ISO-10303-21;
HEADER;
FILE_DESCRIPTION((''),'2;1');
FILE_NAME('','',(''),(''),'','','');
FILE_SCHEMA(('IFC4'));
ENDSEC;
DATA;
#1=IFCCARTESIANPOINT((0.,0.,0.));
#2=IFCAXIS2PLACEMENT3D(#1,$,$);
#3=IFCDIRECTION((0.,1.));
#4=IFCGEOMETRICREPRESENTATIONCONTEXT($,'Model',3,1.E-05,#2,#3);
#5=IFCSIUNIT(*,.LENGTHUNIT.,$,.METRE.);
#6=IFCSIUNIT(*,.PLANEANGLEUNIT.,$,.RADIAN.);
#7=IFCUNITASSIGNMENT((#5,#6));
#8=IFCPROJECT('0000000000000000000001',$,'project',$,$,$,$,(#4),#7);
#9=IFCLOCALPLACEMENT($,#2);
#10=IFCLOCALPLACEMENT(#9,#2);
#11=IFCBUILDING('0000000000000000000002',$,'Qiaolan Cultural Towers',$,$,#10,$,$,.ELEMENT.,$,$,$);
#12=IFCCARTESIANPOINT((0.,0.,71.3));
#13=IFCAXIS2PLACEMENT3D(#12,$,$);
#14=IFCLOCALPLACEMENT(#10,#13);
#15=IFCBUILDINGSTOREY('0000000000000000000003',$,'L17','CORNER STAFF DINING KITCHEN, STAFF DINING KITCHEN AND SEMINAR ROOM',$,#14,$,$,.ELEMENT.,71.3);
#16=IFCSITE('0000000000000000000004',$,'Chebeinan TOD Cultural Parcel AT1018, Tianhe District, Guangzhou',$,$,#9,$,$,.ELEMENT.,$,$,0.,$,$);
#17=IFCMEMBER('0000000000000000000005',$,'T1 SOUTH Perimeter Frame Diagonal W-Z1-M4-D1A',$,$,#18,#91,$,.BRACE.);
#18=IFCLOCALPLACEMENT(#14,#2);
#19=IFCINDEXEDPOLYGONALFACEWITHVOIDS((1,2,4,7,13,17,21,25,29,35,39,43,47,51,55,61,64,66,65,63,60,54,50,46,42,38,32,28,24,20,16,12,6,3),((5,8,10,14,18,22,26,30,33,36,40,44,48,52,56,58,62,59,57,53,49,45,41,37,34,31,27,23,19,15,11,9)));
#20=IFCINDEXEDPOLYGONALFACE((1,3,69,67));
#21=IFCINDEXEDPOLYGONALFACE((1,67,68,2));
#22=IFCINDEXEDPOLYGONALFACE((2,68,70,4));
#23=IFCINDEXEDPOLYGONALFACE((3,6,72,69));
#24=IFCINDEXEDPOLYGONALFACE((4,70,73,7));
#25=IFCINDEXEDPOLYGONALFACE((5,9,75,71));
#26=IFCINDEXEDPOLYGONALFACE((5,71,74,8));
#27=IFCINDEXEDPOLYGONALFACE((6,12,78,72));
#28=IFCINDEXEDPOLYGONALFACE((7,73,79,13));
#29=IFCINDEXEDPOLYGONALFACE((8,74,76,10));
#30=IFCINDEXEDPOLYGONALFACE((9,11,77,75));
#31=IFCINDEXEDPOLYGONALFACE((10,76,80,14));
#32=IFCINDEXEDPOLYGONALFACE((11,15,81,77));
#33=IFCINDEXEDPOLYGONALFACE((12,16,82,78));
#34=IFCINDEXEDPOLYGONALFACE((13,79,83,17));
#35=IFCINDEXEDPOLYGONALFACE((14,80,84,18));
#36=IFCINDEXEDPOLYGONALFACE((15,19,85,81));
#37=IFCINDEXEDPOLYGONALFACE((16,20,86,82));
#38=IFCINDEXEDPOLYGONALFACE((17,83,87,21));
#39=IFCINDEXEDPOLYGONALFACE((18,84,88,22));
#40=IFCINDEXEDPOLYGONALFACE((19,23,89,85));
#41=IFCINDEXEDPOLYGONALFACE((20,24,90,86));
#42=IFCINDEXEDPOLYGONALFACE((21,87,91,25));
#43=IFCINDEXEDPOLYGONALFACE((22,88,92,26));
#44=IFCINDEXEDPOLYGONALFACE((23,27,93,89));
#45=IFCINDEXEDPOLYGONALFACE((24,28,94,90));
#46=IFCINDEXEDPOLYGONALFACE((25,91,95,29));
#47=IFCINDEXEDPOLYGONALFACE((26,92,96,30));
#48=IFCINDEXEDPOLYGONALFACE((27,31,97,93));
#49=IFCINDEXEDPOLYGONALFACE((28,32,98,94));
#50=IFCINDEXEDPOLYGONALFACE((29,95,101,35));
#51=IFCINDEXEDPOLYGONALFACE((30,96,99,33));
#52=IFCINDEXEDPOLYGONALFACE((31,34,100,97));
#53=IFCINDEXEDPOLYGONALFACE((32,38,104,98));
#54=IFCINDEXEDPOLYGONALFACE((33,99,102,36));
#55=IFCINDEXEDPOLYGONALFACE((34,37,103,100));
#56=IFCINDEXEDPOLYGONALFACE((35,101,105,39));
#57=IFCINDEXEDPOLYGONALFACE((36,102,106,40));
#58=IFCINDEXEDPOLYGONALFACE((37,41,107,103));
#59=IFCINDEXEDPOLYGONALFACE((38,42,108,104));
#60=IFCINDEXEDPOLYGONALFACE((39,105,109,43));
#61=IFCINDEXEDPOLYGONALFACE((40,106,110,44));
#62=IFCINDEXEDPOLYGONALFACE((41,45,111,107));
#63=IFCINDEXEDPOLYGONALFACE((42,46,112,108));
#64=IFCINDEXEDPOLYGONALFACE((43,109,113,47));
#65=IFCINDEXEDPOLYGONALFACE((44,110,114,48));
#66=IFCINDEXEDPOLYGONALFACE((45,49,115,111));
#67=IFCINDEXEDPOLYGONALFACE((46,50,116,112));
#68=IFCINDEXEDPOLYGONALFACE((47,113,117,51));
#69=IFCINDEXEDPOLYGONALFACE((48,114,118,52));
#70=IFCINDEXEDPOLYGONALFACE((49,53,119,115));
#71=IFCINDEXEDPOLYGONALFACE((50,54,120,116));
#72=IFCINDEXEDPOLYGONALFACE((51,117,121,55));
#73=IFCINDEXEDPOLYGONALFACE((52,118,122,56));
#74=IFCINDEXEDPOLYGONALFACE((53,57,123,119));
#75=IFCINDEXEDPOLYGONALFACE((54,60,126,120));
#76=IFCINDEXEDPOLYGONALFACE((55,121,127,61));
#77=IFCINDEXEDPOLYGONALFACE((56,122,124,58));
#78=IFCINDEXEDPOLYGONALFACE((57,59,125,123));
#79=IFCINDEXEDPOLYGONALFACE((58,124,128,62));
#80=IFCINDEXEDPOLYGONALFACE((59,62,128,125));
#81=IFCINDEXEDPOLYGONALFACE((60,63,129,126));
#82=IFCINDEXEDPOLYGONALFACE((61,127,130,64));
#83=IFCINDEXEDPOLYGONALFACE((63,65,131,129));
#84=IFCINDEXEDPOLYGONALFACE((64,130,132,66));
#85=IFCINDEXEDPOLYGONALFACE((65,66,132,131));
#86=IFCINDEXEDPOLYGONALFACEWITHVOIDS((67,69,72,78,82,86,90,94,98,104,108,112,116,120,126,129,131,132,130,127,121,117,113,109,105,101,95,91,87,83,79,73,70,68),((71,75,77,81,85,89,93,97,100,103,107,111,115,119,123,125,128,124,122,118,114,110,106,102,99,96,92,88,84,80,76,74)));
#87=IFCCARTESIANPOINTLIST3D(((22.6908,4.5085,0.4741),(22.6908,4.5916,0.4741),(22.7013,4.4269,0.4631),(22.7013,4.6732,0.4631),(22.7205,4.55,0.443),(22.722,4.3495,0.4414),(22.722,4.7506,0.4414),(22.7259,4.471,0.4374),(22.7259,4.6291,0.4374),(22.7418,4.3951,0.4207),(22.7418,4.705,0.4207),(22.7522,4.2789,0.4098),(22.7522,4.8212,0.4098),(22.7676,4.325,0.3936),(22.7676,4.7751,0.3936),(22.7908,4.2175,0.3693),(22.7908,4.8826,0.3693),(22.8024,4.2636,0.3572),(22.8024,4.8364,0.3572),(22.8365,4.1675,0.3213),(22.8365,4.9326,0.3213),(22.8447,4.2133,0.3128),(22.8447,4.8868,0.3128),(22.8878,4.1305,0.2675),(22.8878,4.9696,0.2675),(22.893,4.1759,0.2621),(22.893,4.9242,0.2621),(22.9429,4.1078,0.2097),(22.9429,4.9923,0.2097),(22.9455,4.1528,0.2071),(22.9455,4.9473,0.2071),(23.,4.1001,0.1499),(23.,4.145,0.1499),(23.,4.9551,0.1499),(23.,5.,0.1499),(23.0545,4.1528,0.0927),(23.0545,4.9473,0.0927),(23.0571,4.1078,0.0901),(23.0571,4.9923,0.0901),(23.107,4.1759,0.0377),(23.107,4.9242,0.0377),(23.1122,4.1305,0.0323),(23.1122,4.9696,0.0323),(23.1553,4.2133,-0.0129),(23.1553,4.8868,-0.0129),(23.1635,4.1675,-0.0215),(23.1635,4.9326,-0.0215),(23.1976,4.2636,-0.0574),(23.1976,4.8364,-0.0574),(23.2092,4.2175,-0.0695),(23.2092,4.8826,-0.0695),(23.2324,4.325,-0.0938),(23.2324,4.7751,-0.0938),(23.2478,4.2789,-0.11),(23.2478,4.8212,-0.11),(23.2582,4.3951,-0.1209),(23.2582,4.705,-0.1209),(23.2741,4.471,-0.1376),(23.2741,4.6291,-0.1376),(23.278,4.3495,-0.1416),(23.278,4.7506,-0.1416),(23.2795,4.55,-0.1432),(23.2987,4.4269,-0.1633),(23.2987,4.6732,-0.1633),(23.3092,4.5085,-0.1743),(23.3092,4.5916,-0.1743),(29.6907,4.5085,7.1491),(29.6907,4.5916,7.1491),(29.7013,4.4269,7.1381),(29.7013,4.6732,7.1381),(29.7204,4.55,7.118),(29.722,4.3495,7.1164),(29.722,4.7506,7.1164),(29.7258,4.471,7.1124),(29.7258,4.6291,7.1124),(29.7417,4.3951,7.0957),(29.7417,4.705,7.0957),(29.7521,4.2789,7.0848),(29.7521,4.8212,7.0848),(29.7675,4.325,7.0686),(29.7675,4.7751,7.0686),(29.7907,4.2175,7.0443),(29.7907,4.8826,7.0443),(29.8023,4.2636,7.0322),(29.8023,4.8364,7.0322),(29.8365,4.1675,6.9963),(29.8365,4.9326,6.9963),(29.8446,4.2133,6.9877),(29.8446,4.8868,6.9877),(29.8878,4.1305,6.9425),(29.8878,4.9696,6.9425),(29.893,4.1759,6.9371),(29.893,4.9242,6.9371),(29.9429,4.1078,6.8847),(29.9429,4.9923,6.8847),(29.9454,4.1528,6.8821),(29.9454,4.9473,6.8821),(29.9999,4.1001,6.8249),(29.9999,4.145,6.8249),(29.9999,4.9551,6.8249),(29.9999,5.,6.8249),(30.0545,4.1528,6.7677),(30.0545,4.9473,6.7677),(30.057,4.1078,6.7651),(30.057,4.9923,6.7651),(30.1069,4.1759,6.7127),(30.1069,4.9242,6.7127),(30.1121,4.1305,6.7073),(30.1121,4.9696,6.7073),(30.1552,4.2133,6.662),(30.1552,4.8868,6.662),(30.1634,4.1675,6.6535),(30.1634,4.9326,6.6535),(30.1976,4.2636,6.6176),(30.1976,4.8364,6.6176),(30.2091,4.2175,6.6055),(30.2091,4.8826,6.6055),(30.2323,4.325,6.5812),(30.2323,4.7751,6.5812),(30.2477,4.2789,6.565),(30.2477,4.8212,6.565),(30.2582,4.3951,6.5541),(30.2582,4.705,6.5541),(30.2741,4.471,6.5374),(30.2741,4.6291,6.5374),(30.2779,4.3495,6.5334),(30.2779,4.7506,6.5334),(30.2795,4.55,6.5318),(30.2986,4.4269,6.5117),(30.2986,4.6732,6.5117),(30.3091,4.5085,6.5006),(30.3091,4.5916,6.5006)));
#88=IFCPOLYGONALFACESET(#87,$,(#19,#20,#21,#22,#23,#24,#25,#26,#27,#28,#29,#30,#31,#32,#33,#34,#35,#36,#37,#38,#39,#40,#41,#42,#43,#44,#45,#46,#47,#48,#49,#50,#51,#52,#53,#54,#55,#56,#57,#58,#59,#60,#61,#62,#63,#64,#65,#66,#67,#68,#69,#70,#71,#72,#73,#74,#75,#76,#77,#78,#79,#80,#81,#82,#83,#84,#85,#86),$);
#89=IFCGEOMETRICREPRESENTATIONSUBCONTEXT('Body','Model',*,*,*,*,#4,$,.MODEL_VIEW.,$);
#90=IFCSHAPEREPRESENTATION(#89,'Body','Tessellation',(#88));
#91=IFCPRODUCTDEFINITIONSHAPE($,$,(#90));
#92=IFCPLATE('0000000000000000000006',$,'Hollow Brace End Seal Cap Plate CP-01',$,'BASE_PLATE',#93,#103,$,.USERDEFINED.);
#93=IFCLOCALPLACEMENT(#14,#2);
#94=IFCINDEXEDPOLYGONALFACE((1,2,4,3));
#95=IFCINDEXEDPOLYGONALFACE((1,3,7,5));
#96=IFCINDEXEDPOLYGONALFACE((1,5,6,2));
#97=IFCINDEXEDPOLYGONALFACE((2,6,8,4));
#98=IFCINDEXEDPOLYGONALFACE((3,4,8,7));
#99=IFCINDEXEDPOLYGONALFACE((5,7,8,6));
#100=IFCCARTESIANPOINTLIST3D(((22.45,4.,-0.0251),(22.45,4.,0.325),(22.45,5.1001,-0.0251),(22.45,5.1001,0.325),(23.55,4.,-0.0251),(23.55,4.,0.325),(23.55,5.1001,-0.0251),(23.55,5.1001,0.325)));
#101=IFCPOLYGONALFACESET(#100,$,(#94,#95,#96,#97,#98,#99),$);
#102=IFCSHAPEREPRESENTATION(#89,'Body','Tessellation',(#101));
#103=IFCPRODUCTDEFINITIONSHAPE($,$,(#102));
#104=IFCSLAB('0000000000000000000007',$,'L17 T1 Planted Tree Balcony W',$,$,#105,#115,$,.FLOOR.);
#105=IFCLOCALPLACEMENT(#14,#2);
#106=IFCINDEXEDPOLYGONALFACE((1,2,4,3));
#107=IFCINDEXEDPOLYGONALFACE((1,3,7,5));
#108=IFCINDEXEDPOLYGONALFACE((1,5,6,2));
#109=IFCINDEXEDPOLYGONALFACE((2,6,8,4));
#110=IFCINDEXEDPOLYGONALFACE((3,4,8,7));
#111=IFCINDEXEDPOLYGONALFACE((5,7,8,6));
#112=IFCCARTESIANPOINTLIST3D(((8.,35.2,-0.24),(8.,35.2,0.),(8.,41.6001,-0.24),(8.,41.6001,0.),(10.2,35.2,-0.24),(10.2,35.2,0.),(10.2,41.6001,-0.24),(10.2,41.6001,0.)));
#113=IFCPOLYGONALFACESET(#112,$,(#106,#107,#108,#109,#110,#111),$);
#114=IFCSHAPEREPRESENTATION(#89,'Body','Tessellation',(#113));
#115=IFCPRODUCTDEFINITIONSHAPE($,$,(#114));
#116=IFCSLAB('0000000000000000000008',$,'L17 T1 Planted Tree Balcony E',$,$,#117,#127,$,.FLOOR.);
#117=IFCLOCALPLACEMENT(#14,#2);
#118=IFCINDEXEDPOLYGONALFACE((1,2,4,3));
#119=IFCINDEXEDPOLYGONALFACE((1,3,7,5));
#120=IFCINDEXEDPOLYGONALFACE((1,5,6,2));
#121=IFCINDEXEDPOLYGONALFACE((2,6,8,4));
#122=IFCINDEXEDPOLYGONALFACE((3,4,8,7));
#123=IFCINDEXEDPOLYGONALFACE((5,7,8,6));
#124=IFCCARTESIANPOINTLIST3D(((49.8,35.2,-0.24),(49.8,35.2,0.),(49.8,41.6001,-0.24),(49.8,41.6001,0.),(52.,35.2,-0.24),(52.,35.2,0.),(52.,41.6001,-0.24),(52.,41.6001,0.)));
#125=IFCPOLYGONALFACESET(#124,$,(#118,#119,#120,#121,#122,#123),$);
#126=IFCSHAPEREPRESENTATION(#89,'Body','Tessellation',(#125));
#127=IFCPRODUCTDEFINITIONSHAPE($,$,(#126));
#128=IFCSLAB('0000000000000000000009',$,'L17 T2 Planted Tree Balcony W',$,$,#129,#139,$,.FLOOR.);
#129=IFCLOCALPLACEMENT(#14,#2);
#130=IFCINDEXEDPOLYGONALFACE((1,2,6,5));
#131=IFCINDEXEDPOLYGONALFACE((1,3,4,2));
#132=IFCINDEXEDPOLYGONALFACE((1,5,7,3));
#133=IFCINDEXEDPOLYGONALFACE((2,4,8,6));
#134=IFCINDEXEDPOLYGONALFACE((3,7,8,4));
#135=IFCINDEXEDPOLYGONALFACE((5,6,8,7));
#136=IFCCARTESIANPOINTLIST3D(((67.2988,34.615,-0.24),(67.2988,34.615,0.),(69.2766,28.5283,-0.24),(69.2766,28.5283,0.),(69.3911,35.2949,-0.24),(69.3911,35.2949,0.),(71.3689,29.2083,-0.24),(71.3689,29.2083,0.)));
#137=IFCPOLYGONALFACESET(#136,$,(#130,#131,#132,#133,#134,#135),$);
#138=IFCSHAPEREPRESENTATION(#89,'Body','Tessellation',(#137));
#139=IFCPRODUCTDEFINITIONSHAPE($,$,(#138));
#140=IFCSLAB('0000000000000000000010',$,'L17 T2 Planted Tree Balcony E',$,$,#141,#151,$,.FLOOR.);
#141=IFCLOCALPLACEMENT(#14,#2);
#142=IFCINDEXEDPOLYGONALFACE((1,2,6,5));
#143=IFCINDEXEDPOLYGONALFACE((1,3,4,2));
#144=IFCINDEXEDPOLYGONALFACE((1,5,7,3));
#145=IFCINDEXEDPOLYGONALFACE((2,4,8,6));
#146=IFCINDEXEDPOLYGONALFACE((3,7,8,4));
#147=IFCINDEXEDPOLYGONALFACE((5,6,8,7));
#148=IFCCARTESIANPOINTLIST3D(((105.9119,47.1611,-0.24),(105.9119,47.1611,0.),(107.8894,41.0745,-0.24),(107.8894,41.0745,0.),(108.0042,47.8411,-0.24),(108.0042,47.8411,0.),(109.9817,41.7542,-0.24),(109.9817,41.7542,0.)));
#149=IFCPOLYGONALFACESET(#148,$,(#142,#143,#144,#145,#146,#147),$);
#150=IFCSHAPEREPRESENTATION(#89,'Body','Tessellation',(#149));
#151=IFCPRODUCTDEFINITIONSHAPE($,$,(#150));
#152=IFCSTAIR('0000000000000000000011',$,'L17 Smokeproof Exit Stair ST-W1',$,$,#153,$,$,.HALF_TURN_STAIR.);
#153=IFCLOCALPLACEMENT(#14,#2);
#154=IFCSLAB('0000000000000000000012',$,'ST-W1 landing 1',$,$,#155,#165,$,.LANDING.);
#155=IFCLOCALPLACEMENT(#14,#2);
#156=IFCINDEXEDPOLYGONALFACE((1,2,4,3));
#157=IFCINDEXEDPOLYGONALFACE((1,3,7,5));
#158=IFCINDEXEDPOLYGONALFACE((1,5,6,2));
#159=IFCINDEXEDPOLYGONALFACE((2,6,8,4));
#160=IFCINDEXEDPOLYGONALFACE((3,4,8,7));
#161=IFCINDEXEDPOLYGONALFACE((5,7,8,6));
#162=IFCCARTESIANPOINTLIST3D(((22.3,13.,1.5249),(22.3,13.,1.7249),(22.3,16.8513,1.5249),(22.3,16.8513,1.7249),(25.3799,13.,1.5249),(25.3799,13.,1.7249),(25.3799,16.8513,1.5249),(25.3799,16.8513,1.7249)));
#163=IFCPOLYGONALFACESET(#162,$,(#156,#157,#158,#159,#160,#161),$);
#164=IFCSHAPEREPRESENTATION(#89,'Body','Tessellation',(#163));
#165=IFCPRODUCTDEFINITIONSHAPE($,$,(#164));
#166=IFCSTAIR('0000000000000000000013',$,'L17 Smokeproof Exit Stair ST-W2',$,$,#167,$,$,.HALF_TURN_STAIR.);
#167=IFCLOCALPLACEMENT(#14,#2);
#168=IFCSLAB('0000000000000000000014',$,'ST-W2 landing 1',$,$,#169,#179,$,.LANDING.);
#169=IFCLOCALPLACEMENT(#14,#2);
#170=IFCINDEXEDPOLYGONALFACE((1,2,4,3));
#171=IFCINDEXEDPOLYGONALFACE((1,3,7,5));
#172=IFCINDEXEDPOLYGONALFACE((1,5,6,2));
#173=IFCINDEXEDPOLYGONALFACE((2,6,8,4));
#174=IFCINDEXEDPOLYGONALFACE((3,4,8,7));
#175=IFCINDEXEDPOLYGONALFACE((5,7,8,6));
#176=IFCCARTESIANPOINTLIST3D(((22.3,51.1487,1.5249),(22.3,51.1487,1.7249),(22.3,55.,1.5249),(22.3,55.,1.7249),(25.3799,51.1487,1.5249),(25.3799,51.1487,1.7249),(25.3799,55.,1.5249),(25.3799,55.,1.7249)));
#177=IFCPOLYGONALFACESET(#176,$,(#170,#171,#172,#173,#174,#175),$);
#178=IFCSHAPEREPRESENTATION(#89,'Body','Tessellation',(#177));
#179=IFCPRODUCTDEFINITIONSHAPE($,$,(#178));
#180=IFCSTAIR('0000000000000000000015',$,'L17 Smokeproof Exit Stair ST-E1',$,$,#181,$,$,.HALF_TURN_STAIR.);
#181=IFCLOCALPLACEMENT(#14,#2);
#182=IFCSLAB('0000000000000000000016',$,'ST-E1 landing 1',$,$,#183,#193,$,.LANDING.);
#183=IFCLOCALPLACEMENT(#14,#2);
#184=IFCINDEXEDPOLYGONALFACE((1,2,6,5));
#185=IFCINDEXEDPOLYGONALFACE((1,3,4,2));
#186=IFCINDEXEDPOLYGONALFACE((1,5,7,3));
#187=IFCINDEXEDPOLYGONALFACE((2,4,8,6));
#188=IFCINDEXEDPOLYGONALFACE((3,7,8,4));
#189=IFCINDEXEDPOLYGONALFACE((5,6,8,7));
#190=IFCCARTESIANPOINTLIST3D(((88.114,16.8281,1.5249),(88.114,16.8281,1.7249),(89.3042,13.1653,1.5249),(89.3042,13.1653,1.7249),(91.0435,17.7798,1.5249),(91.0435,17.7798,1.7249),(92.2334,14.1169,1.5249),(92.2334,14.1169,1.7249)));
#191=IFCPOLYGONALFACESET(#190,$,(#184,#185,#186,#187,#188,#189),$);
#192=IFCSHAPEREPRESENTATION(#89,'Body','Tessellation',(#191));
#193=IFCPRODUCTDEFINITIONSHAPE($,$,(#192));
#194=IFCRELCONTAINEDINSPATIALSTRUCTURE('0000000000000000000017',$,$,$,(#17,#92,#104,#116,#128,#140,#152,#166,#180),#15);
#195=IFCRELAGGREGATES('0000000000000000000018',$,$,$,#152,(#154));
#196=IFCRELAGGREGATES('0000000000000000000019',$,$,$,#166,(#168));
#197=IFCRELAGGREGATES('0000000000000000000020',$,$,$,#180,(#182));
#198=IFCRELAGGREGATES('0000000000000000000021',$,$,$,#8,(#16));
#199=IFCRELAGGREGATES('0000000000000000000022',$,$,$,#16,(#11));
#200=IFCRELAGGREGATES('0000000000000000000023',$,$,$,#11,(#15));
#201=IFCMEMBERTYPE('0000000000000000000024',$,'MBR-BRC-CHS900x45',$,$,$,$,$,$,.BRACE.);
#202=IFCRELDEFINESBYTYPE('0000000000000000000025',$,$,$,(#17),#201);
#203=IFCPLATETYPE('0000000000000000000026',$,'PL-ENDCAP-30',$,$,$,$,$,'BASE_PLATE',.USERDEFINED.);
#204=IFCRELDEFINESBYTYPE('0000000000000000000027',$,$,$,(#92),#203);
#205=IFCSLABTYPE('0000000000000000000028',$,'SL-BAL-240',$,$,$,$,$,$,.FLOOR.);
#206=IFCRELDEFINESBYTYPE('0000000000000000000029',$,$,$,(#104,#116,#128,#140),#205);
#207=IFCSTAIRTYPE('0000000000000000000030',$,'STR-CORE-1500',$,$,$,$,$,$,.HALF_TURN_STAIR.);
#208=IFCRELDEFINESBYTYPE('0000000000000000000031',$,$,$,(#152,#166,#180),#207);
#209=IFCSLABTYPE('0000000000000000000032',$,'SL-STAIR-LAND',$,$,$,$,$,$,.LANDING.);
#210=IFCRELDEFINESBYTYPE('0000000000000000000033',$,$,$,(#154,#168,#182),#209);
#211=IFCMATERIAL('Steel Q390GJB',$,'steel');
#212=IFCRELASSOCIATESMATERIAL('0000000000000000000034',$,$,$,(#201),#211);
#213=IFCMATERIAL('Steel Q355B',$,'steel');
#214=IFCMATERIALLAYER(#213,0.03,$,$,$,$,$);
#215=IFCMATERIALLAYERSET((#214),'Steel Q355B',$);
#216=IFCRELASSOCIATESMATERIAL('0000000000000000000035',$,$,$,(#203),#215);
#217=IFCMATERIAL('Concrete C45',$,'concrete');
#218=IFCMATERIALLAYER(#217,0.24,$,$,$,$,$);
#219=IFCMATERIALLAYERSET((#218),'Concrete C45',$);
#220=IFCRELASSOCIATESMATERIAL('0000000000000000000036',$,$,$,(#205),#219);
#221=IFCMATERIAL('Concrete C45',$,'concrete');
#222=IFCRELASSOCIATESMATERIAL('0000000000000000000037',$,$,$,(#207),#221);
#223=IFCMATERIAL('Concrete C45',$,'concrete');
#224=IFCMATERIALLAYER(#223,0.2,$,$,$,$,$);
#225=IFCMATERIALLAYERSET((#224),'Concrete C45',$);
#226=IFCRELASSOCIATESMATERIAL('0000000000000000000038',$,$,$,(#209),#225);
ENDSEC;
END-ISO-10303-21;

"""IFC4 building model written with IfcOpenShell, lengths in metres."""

from ifc_helpers import new_model, si_unit, direction, frame, origin, origin_2d, place, context, subcontext, project, spatial, polyline, rectangle, hollow_circle, outline, extrude, material, layer, layer_set, material_profile, profile_set, type_object, element, aggregate, save


model = new_model("IFC4")

# Units and contexts
model_context = context("Model", 3, precision=1e-05, world=origin(), true_north=direction((0.0, 1.0)))
body_context = subcontext(model_context, "Body", "Model", "MODEL_VIEW")
ifc_project = project(units=[si_unit("LENGTHUNIT", "METRE"), si_unit("PLANEANGLEUNIT", "RADIAN")], contexts=[model_context])

# Site, building, storey
site_placement = place(None, origin())
site = spatial("IfcSite", under=ifc_project, at=site_placement, Name="Chebeinan TOD Cultural Parcel AT1018, Tianhe District, Guangzhou", CompositionType="ELEMENT", RefElevation=0.0)
building_placement = place(site_placement, origin())
building = spatial("IfcBuilding", under=site, at=building_placement, Name="Qiaolan Cultural Towers", CompositionType="ELEMENT")
storey_placement = place(building_placement, frame((0.0, 0.0, 71.3)))
storey = spatial("IfcBuildingStorey", under=building, at=storey_placement, Name="L17", Description="CORNER STAFF DINING KITCHEN, STAFF DINING KITCHEN AND SEMINAR ROOM", CompositionType="ELEMENT", Elevation=71.3)

# Member
ifc_material_1 = material(Name="Steel Q390GJB", Category="steel")
ifc_material_profile_1 = material_profile(ifc_material_1, hollow_circle(Radius=0.45, WallThickness=0.0449, at=origin_2d()), Name="CHS900x45")
ifc_profile_set_1 = profile_set([ifc_material_profile_1], Name="Steel Q390GJB")
member_type = type_object("IfcMemberType", Name="MBR-BRC-CHS900x45", PredefinedType="BRACE", material=ifc_profile_set_1)
member_1_placement = place(storey_placement, frame((23.0, 4.55, 0.1499), z_axis=(0.723705, 0.0, 0.690109), x_axis=(0.0, 1.0, 0.0)))
element("IfcMember", 1, at=member_1_placement, inside=storey, type_object=member_type, Name="T1 SOUTH Perimeter Frame Diagonal W-Z1-M4-D1A", PredefinedType="BRACE", context=body_context, shape_type="SweptSolid", body=[
    extrude(hollow_circle(Radius=0.45, WallThickness=0.0449, at=origin_2d()), origin(), (0.0, 0.0, 1.0), 9.6724),
])

# Plate
ifc_material_2 = material(Name="Steel Q355B", Category="steel")
ifc_layer_1 = layer(ifc_material_2, 0.03)
ifc_layer_set_1 = layer_set([ifc_layer_1], Name="Steel Q355B")
plate_type = type_object("IfcPlateType", Name="PL-ENDCAP-30", ElementType="BASE_PLATE", PredefinedType="USERDEFINED", material=ifc_layer_set_1)
plate_placement = place(storey_placement, frame((23.0, 4.55, -0.0251), z_axis=(0.0, 0.0, 1.0), x_axis=(1.0, 0.0, 0.0)))
element("IfcPlate", 2, at=plate_placement, inside=storey, type_object=plate_type, Name="Hollow Brace End Seal Cap Plate CP-01", ObjectType="BASE_PLATE", PredefinedType="USERDEFINED", context=body_context, shape_type="SweptSolid", body=[
    extrude(rectangle(XDim=1.1001, YDim=1.1001, at=origin_2d()), origin(), (0.0, 0.0, 1.0), 0.3501),
])

# Slabs
ifc_material_3 = material(Name="Concrete C45", Category="concrete")
ifc_layer_2 = layer(ifc_material_3, 0.24)
ifc_layer_set_2 = layer_set([ifc_layer_2], Name="Concrete C45")
slab_type_1 = type_object("IfcSlabType", Name="SL-BAL-240", PredefinedType="FLOOR", material=ifc_layer_set_2)
slab_1_placement = place(storey_placement, frame((0.0, 0.0, -0.24)))
element("IfcSlab", 3, at=slab_1_placement, inside=storey, type_object=slab_type_1, Name="L17 T1 Planted Tree Balcony W", PredefinedType="FLOOR", context=body_context, shape_type="SweptSolid", body=[
    extrude(outline(polyline([(8.0, 35.2), (10.2, 35.2), (10.2, 41.6001), (8.0, 41.6001), (8.0, 35.2)])), origin(), (0.0, 0.0, 1.0), 0.24),
])
slab_2_placement = place(storey_placement, frame((0.0, 0.0, -0.24)))
element("IfcSlab", 4, at=slab_2_placement, inside=storey, type_object=slab_type_1, Name="L17 T1 Planted Tree Balcony E", PredefinedType="FLOOR", context=body_context, shape_type="SweptSolid", body=[
    extrude(outline(polyline([(49.8, 35.2), (52.0, 35.2), (52.0, 41.6001), (49.8, 41.6001), (49.8, 35.2)])), origin(), (0.0, 0.0, 1.0), 0.24),
])
slab_3_placement = place(storey_placement, frame((0.0, 0.0, -0.24)))
element("IfcSlab", 5, at=slab_3_placement, inside=storey, type_object=slab_type_1, Name="L17 T2 Planted Tree Balcony W", PredefinedType="FLOOR", context=body_context, shape_type="SweptSolid", body=[
    extrude(outline(polyline([(69.2766, 28.5283), (71.3689, 29.2083), (69.3911, 35.2949), (67.2988, 34.615), (69.2766, 28.5283)])), origin(), (0.0, 0.0, 1.0), 0.24),
])
slab_4_placement = place(storey_placement, frame((0.0, 0.0, -0.24)))
element("IfcSlab", 6, at=slab_4_placement, inside=storey, type_object=slab_type_1, Name="L17 T2 Planted Tree Balcony E", PredefinedType="FLOOR", context=body_context, shape_type="SweptSolid", body=[
    extrude(outline(polyline([(107.8894, 41.0745), (109.9817, 41.7542), (108.0042, 47.8411), (105.9119, 47.1611), (107.8894, 41.0745)])), origin(), (0.0, 0.0, 1.0), 0.24),
])

# Stairs, slabs
ifc_material_4 = material(Name="Concrete C45", Category="concrete")
stair_type = type_object("IfcStairType", Name="STR-CORE-1500", PredefinedType="HALF_TURN_STAIR", material=ifc_material_4)
stair_1_placement = place(storey_placement, origin())
stair_1 = element("IfcStair", 7, at=stair_1_placement, inside=storey, type_object=stair_type, Name="L17 Smokeproof Exit Stair ST-W1", PredefinedType="HALF_TURN_STAIR")
ifc_material_5 = material(Name="Concrete C45", Category="concrete")
ifc_layer_3 = layer(ifc_material_5, 0.2)
ifc_layer_set_3 = layer_set([ifc_layer_3], Name="Concrete C45")
slab_type_2 = type_object("IfcSlabType", Name="SL-STAIR-LAND", PredefinedType="LANDING", material=ifc_layer_set_3)
slab_5_placement = place(storey_placement, frame((0.0, 0.0, 1.5249)))
slab_5 = element("IfcSlab", 8, at=slab_5_placement, type_object=slab_type_2, Name="ST-W1 landing 1", PredefinedType="LANDING", context=body_context, shape_type="SweptSolid", body=[
    extrude(outline(polyline([(22.3, 16.8513), (22.3, 13.0), (25.3799, 13.0), (25.3799, 16.8513), (22.3, 16.8513)])), origin(), (0.0, 0.0, 1.0), 0.2),
])
aggregate(stair_1, [slab_5])
stair_2_placement = place(storey_placement, origin())
stair_2 = element("IfcStair", 9, at=stair_2_placement, inside=storey, type_object=stair_type, Name="L17 Smokeproof Exit Stair ST-W2", PredefinedType="HALF_TURN_STAIR")
slab_6_placement = place(storey_placement, frame((0.0, 0.0, 1.5249)))
slab_6 = element("IfcSlab", 10, at=slab_6_placement, type_object=slab_type_2, Name="ST-W2 landing 1", PredefinedType="LANDING", context=body_context, shape_type="SweptSolid", body=[
    extrude(outline(polyline([(25.3799, 51.1487), (25.3799, 55.0), (22.3, 55.0), (22.3, 51.1487), (25.3799, 51.1487)])), origin(), (0.0, 0.0, 1.0), 0.2),
])
aggregate(stair_2, [slab_6])
stair_3_placement = place(storey_placement, origin())
stair_3 = element("IfcStair", 11, at=stair_3_placement, inside=storey, type_object=stair_type, Name="L17 Smokeproof Exit Stair ST-E1", PredefinedType="HALF_TURN_STAIR")
slab_7_placement = place(storey_placement, frame((0.0, 0.0, 1.5249)))
slab_7 = element("IfcSlab", 12, at=slab_7_placement, type_object=slab_type_2, Name="ST-E1 landing 1", PredefinedType="LANDING", context=body_context, shape_type="SweptSolid", body=[
    extrude(outline(polyline([(88.114, 16.8281), (89.3042, 13.1653), (92.2334, 14.1169), (91.0435, 17.7798), (88.114, 16.8281)])), origin(), (0.0, 0.0, 1.0), 0.2),
])
aggregate(stair_3, [slab_7])

save(model, "model.ifc")
